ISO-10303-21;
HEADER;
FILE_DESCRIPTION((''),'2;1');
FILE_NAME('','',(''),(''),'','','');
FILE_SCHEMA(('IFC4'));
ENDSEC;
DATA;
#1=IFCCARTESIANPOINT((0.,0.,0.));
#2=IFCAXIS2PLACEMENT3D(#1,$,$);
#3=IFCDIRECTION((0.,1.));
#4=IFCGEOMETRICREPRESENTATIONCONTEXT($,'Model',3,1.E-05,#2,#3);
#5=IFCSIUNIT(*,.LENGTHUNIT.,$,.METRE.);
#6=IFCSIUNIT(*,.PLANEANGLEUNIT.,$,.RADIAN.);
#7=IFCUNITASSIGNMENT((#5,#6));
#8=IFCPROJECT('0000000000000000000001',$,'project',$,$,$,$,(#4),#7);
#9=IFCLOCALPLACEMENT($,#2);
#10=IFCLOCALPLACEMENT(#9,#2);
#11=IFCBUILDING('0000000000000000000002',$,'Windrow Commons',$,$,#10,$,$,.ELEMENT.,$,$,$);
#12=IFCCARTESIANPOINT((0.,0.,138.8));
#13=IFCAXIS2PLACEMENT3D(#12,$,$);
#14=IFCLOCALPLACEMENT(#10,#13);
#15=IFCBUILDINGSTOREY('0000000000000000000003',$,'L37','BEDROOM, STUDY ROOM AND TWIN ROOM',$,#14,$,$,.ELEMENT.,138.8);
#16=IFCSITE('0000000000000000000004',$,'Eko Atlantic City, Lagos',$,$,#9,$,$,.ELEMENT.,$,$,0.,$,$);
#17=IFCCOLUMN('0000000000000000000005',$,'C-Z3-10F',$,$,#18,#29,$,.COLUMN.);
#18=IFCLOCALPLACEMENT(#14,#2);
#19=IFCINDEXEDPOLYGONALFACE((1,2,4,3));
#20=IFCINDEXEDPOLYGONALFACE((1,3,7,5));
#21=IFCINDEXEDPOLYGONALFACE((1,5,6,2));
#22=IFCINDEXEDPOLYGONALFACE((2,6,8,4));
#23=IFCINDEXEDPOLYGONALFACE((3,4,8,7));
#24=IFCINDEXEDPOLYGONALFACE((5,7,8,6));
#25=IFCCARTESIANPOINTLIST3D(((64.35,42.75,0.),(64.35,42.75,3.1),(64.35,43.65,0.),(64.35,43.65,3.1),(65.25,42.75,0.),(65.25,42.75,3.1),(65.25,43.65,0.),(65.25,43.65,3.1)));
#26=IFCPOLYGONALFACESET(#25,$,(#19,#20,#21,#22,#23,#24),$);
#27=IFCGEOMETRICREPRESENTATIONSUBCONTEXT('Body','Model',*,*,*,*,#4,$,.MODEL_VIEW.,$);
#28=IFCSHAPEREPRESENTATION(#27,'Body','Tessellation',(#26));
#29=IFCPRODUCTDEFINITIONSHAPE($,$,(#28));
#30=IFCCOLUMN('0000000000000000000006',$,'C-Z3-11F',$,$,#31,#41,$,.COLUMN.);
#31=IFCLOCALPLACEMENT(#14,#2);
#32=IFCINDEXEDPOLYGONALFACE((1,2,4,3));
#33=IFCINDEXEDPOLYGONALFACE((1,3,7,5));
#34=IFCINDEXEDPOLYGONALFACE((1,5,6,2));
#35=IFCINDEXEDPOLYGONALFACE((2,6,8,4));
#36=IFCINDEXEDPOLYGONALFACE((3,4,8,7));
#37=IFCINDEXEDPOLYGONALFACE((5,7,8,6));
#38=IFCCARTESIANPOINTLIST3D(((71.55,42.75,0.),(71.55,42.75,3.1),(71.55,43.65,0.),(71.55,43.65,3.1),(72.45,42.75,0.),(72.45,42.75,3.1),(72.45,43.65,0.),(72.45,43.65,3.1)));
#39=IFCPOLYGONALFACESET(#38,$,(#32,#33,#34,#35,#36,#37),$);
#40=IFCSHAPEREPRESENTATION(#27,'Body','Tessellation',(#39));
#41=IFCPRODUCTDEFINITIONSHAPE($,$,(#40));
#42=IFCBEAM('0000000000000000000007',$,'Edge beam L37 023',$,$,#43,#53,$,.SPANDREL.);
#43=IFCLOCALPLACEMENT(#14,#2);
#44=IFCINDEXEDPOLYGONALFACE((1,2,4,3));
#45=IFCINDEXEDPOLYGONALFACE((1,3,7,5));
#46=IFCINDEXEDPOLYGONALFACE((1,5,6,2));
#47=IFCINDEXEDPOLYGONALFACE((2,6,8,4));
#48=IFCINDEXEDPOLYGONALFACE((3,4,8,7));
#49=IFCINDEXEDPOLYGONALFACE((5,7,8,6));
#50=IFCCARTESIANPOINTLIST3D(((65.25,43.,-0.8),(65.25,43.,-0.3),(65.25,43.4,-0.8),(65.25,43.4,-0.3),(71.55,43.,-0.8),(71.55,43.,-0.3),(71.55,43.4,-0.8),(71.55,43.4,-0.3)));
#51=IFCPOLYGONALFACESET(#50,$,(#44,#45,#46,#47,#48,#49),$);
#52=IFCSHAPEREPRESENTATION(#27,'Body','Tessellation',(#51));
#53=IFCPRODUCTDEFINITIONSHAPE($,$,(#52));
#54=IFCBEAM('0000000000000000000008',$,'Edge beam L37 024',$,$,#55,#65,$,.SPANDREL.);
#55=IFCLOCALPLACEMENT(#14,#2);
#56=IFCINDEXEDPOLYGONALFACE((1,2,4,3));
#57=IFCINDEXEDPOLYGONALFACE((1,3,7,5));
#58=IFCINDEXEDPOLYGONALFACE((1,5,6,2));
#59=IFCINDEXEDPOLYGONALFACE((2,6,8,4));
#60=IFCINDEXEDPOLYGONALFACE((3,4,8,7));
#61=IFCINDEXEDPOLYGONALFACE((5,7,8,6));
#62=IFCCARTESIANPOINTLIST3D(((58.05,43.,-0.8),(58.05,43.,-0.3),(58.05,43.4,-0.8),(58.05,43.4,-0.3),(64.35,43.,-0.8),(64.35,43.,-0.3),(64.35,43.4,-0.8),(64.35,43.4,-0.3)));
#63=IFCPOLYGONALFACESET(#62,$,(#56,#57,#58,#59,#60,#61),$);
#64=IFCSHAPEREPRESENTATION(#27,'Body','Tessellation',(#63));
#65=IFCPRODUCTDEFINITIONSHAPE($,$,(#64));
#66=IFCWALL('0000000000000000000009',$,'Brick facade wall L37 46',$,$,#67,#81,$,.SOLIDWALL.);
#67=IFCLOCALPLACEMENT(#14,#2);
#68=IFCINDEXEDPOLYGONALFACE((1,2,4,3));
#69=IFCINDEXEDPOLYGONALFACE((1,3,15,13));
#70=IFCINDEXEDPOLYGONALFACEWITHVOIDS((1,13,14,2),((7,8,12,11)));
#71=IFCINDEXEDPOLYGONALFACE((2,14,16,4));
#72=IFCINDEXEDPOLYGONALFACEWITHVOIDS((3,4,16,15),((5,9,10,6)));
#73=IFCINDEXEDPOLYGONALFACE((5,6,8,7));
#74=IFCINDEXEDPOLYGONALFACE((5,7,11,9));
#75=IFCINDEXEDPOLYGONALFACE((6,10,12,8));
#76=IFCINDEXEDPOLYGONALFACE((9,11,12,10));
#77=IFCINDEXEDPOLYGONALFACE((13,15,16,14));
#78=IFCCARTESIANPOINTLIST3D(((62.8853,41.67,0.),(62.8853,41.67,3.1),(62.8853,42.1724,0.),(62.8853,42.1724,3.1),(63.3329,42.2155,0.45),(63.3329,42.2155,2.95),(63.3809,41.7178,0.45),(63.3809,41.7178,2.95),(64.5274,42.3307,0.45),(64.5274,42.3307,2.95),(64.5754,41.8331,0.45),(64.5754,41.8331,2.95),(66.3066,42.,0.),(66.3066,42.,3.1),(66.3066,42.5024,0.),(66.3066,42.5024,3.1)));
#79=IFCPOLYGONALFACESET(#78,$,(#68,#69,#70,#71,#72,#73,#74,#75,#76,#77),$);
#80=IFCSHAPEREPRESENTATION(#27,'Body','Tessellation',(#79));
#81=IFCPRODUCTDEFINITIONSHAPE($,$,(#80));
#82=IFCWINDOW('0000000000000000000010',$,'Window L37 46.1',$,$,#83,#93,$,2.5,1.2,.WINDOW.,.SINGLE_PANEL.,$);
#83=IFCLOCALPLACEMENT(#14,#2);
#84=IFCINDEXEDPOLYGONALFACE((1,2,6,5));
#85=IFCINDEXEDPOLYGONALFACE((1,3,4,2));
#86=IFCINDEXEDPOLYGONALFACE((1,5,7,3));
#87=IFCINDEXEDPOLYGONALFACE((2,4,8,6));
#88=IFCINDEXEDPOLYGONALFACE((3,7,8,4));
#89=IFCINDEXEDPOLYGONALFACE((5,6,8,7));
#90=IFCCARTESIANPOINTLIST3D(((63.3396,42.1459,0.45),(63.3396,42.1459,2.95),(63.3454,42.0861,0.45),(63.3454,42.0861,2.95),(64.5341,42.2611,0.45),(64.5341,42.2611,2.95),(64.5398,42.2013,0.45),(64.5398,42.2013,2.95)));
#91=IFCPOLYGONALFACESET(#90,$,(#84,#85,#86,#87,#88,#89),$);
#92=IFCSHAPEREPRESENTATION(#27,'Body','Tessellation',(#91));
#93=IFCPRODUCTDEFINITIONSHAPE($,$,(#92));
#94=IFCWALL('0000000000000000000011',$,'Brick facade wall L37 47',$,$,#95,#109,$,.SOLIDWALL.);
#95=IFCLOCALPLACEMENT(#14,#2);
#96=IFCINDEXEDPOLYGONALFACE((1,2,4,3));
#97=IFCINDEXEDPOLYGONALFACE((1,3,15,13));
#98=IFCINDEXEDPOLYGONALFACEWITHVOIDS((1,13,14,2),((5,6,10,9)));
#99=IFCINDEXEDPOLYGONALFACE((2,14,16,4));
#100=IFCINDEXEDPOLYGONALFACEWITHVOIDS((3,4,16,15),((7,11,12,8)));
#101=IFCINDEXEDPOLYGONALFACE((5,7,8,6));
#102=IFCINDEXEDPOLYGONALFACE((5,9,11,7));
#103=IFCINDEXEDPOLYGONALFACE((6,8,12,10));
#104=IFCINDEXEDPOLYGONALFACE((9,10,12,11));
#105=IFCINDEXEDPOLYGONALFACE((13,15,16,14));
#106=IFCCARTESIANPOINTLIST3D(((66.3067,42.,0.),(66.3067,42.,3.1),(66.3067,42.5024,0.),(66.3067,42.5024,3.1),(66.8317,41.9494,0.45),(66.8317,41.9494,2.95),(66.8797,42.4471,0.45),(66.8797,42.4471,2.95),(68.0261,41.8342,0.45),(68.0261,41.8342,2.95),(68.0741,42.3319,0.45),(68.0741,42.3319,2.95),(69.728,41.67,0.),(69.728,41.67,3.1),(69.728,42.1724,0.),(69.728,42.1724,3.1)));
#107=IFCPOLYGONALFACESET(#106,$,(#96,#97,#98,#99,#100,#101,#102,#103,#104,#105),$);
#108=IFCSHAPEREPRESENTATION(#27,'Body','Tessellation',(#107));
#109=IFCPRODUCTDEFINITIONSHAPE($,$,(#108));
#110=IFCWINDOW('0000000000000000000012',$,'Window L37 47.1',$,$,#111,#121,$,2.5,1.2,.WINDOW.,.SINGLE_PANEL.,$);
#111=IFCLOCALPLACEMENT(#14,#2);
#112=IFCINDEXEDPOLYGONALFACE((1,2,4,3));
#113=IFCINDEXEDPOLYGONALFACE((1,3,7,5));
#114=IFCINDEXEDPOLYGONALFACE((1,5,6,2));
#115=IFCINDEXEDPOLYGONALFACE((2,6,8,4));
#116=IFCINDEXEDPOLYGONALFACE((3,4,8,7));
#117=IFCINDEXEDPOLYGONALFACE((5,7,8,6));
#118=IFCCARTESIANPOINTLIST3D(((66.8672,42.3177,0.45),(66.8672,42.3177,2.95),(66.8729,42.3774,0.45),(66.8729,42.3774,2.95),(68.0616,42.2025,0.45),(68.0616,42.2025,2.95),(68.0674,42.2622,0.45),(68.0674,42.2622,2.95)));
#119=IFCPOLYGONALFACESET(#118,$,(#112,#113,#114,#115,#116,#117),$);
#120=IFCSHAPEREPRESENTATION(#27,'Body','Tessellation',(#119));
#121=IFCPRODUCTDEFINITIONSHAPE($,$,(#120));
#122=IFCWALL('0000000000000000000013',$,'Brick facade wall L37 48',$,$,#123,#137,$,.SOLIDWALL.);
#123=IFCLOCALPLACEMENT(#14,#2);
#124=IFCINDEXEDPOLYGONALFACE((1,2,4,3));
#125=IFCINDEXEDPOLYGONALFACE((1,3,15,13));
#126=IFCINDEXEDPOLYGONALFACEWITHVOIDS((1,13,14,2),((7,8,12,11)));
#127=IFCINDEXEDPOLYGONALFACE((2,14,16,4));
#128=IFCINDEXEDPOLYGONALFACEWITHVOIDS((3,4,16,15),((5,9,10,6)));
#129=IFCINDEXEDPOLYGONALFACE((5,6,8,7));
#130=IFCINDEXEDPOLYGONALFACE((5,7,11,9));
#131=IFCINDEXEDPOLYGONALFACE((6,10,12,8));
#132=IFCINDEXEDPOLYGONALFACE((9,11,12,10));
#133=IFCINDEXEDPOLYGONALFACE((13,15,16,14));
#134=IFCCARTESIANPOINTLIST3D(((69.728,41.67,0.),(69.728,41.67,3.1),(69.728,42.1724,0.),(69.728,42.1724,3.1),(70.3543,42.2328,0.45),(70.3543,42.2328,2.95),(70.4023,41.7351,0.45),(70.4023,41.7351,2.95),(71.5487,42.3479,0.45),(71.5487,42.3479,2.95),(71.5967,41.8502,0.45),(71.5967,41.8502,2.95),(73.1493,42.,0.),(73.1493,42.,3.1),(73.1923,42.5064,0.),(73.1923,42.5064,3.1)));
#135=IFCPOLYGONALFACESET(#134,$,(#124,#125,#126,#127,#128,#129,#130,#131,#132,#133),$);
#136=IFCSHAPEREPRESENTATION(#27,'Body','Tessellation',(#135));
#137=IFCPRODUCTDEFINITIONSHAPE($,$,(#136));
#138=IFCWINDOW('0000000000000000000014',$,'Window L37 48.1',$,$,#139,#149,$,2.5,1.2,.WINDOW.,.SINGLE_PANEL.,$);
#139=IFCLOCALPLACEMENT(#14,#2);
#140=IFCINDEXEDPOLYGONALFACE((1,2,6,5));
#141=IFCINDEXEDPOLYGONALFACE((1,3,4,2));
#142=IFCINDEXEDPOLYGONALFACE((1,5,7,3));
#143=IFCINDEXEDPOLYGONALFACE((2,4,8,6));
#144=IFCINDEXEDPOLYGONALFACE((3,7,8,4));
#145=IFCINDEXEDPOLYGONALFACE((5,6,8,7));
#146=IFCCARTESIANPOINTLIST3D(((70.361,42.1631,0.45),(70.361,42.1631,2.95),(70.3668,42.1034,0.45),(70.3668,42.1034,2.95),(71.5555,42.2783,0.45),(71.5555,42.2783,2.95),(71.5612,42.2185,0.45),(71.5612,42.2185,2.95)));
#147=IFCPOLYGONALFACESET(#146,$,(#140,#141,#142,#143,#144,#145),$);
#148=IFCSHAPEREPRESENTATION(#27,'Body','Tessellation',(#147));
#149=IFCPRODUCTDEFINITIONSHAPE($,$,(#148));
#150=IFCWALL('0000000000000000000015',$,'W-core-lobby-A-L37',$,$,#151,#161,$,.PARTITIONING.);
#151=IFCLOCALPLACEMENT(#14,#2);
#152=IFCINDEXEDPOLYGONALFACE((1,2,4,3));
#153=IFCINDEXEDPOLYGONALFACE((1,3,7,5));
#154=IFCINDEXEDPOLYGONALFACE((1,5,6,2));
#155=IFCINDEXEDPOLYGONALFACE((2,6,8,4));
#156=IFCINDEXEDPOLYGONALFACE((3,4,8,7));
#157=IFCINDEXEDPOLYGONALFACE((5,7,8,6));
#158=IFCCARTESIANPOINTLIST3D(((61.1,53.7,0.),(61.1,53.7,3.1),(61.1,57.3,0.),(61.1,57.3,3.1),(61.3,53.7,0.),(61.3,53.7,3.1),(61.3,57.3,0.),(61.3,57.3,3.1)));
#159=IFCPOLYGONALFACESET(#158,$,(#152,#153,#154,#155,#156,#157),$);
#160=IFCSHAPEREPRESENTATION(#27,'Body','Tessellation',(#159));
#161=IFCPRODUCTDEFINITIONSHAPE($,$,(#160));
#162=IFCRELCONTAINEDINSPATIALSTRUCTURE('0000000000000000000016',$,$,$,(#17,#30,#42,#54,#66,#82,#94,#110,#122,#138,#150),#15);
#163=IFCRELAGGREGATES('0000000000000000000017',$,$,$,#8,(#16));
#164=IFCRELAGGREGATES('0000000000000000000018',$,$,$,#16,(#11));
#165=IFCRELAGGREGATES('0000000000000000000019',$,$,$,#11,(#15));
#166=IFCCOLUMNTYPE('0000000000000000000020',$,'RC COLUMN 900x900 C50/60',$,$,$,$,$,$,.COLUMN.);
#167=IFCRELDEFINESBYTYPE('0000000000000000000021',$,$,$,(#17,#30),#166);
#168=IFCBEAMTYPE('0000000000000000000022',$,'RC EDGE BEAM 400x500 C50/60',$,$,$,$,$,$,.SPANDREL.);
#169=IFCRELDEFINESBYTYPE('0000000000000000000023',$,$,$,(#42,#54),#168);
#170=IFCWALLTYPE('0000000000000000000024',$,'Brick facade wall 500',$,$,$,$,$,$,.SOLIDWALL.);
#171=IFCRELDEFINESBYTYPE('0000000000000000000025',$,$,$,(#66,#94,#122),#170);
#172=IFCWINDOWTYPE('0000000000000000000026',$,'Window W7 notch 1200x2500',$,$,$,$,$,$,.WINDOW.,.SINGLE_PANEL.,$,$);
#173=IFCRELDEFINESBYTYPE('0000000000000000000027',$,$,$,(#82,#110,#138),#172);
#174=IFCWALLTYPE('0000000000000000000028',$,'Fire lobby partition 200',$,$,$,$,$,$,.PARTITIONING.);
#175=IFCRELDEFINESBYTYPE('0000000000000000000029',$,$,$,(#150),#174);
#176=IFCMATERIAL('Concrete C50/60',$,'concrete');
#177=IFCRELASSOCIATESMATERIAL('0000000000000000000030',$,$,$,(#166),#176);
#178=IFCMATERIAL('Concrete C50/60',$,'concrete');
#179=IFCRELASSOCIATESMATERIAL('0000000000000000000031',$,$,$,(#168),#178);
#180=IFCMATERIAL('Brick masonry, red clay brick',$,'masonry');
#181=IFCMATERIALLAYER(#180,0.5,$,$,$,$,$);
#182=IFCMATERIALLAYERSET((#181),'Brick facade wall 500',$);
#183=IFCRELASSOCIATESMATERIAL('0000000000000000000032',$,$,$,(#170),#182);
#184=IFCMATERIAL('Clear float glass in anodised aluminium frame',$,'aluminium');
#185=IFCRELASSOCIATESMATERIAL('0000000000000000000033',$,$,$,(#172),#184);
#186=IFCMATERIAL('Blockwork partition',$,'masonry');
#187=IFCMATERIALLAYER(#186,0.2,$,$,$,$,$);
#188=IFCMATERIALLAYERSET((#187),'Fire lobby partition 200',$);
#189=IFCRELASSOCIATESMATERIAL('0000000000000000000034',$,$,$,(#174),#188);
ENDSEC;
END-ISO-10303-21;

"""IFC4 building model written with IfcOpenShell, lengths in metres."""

from ifc_helpers import new_model, si_unit, direction, frame, frame_2d, origin, origin_2d, place, context, subcontext, project, spatial, polyline, rectangle, outline, extrude, material, layer, layer_set, material_profile, profile_set, type_object, element, fill, save


model = new_model("IFC4")

# Units and contexts
model_context = context("Model", 3, precision=1e-05, world=origin(), true_north=direction((0.0, 1.0)))
body_context = subcontext(model_context, "Body", "Model", "MODEL_VIEW")
ifc_project = project(units=[si_unit("LENGTHUNIT", "METRE"), si_unit("PLANEANGLEUNIT", "RADIAN")], contexts=[model_context])

# Site, building, storey
site_placement = place(None, origin())
site = spatial("IfcSite", under=ifc_project, at=site_placement, Name="Eko Atlantic City, Lagos", CompositionType="ELEMENT", RefElevation=0.0)
building_placement = place(site_placement, origin())
building = spatial("IfcBuilding", under=site, at=building_placement, Name="Windrow Commons", CompositionType="ELEMENT")
storey_placement = place(building_placement, frame((0.0, 0.0, 138.8)))
storey = spatial("IfcBuildingStorey", under=building, at=storey_placement, Name="L37", Description="BEDROOM, STUDY ROOM AND TWIN ROOM", CompositionType="ELEMENT", Elevation=138.8)

# Columns
ifc_material_1 = material(Name="Concrete C50/60", Category="concrete")
ifc_material_profile_1 = material_profile(ifc_material_1, rectangle(XDim=0.9, YDim=0.9, at=origin_2d()))
ifc_profile_set_1 = profile_set([ifc_material_profile_1], Name="Concrete C50/60")
column_type = type_object("IfcColumnType", Name="RC COLUMN 900x900 C50/60", PredefinedType="COLUMN", material=ifc_profile_set_1)
for number, where, z_axis, x_axis, name in (
    (1, (64.8, 43.2, 0.0), (0.0, 0.0, 1.0), (1.0, 0.0, 0.0), "C-Z3-10F"),
    (2, (72.0, 43.2, 0.0), (0.0, 0.0, 1.0), (1.0, 0.0, 0.0), "C-Z3-11F"),
):
    element("IfcColumn", number, at=place(storey_placement, frame(where, z_axis=z_axis, x_axis=x_axis)), inside=storey, type_object=column_type, Name=name, PredefinedType="COLUMN", context=body_context, shape_type="SweptSolid", body=[
        extrude(rectangle(XDim=0.9, YDim=0.9, at=origin_2d()), origin(), (0.0, 0.0, 1.0), 3.1),
    ])

# Beams
ifc_material_2 = material(Name="Concrete C50/60", Category="concrete")
ifc_material_profile_2 = material_profile(ifc_material_2, rectangle(XDim=0.4, YDim=0.5, at=origin_2d()))
ifc_profile_set_2 = profile_set([ifc_material_profile_2], Name="Concrete C50/60")
beam_type = type_object("IfcBeamType", Name="RC EDGE BEAM 400x500 C50/60", PredefinedType="SPANDREL", material=ifc_profile_set_2)
for number, where, z_axis, x_axis, name in (
    (3, (71.55, 43.2, -0.55), (-1.0, 0.0, 0.0), (0.0, -1.0, 0.0), "Edge beam L37 023"),
    (4, (64.35, 43.2, -0.55), (-1.0, 0.0, 0.0), (0.0, -1.0, 0.0), "Edge beam L37 024"),
):
    element("IfcBeam", number, at=place(storey_placement, frame(where, z_axis=z_axis, x_axis=x_axis)), inside=storey, type_object=beam_type, Name=name, PredefinedType="SPANDREL", context=body_context, shape_type="SweptSolid", body=[
        extrude(rectangle(XDim=0.4, YDim=0.5, at=origin_2d()), origin(), (0.0, 0.0, 1.0), 6.3),
    ])

# Walls, openings, windows
ifc_material_3 = material(Name="Brick masonry, red clay brick", Category="masonry")
ifc_layer_1 = layer(ifc_material_3, 0.5)
ifc_layer_set_1 = layer_set([ifc_layer_1], Name="Brick facade wall 500")
wall_type_1 = type_object("IfcWallType", Name="Brick facade wall 500", PredefinedType="SOLIDWALL", material=ifc_layer_set_1)
wall_1_placement = place(storey_placement, frame((62.8853, 41.9212, 0.0), z_axis=(0.0, 0.0, 1.0), x_axis=(0.995381, 0.096006, 0.0)))
wall_1 = element("IfcWall", 5, at=wall_1_placement, inside=storey, type_object=wall_type_1, Name="Brick facade wall L37 46", PredefinedType="SOLIDWALL", context=body_context, shape_type="SweptSolid", body=[
    extrude(outline(polyline([(-0.0241, -0.25), (3.4131, -0.25), (3.4613, 0.25), (0.0241, 0.25), (-0.0241, -0.25)])), origin(), (0.0, 0.0, 1.0), 3.1),
])
opening_1_placement = place(wall_1_placement, frame((0.4738, 0.0, 0.45)))
opening_1 = element("IfcOpeningElement", 6, at=opening_1_placement, cuts=wall_1, PredefinedType="OPENING", context=body_context, shape_type="SweptSolid", body=[
    extrude(rectangle(XDim=1.2, YDim=2.5, at=frame_2d((0.6, 1.25))), frame((0.0, 0.26, 0.0), z_axis=(0.0, -1.0, 0.0), x_axis=(1.0, 0.0, 0.0)), (0.0, 0.0, 1.0), 0.52),
])
ifc_material_4 = material(Name="Clear float glass in anodised aluminium frame", Category="aluminium")
window_type = type_object("IfcWindowType", Name="Window W7 notch 1200x2500", PartitioningType="SINGLE_PANEL", PredefinedType="WINDOW", material=ifc_material_4)
window_1_placement = place(opening_1_placement, origin())
window_1 = element("IfcWindow", 7, at=window_1_placement, inside=storey, type_object=window_type, Name="Window L37 46.1", OverallHeight=2.5, OverallWidth=1.2, PartitioningType="SINGLE_PANEL", PredefinedType="WINDOW", context=body_context, shape_type="SweptSolid", body=[
    extrude(rectangle(XDim=1.2, YDim=2.5, at=frame_2d((0.6, 1.25))), frame((0.0, 0.18, 0.0), z_axis=(0.0, -1.0, 0.0), x_axis=(1.0, 0.0, 0.0)), (0.0, 0.0, 1.0), 0.06),
])
fill(opening_1, window_1)
wall_2_placement = place(storey_placement, frame((66.3067, 42.2512, 0.0), z_axis=(0.0, 0.0, 1.0), x_axis=(0.99538, -0.096009, 0.0)))
wall_2 = element("IfcWall", 8, at=wall_2_placement, inside=storey, type_object=wall_type_1, Name="Brick facade wall L37 47", PredefinedType="SOLIDWALL", context=body_context, shape_type="SweptSolid", body=[
    extrude(outline(polyline([(0.0241, -0.25), (3.4613, -0.25), (3.4131, 0.25), (-0.0241, 0.25), (0.0241, -0.25)])), origin(), (0.0, 0.0, 1.0), 3.1),
])
opening_2_placement = place(wall_2_placement, frame((0.5515, 0.0, 0.45)))
opening_2 = element("IfcOpeningElement", 9, at=opening_2_placement, cuts=wall_2, PredefinedType="OPENING", context=body_context, shape_type="SweptSolid", body=[
    extrude(rectangle(XDim=1.2, YDim=2.5, at=frame_2d((0.6, 1.25))), frame((0.0, 0.26, 0.0), z_axis=(0.0, -1.0, 0.0), x_axis=(1.0, 0.0, 0.0)), (0.0, 0.0, 1.0), 0.52),
])
window_2_placement = place(opening_2_placement, origin())
window_2 = element("IfcWindow", 10, at=window_2_placement, inside=storey, type_object=window_type, Name="Window L37 47.1", OverallHeight=2.5, OverallWidth=1.2, PartitioningType="SINGLE_PANEL", PredefinedType="WINDOW", context=body_context, shape_type="SweptSolid", body=[
    extrude(rectangle(XDim=1.2, YDim=2.5, at=frame_2d((0.6, 1.25))), frame((0.0, 0.18, 0.0), z_axis=(0.0, -1.0, 0.0), x_axis=(1.0, 0.0, 0.0)), (0.0, 0.0, 1.0), 0.06),
])
fill(opening_2, window_2)
wall_3_placement = place(storey_placement, frame((69.728, 41.9212, 0.0), z_axis=(0.0, 0.0, 1.0), x_axis=(0.995383, 0.095988, 0.0)))
wall_3 = element("IfcWall", 11, at=wall_3_placement, inside=storey, type_object=wall_type_1, Name="Brick facade wall L37 48", PredefinedType="SOLIDWALL", context=body_context, shape_type="SweptSolid", body=[
    extrude(outline(polyline([(-0.0241, -0.25), (3.4131, -0.25), (3.5045, 0.25), (0.0241, 0.25), (-0.0241, -0.25)])), origin(), (0.0, 0.0, 1.0), 3.1),
])
opening_3_placement = place(wall_3_placement, frame((0.6533, 0.0, 0.45)))
opening_3 = element("IfcOpeningElement", 12, at=opening_3_placement, cuts=wall_3, PredefinedType="OPENING", context=body_context, shape_type="SweptSolid", body=[
    extrude(rectangle(XDim=1.2, YDim=2.5, at=frame_2d((0.6, 1.25))), frame((0.0, 0.26, 0.0), z_axis=(0.0, -1.0, 0.0), x_axis=(1.0, 0.0, 0.0)), (0.0, 0.0, 1.0), 0.52),
])
window_3_placement = place(opening_3_placement, origin())
window_3 = element("IfcWindow", 13, at=window_3_placement, inside=storey, type_object=window_type, Name="Window L37 48.1", OverallHeight=2.5, OverallWidth=1.2, PartitioningType="SINGLE_PANEL", PredefinedType="WINDOW", context=body_context, shape_type="SweptSolid", body=[
    extrude(rectangle(XDim=1.2, YDim=2.5, at=frame_2d((0.6, 1.25))), frame((0.0, 0.18, 0.0), z_axis=(0.0, -1.0, 0.0), x_axis=(1.0, 0.0, 0.0)), (0.0, 0.0, 1.0), 0.06),
])
fill(opening_3, window_3)

# Wall
ifc_material_5 = material(Name="Blockwork partition", Category="masonry")
ifc_layer_2 = layer(ifc_material_5, 0.2)
ifc_layer_set_2 = layer_set([ifc_layer_2], Name="Fire lobby partition 200")
wall_type_2 = type_object("IfcWallType", Name="Fire lobby partition 200", PredefinedType="PARTITIONING", material=ifc_layer_set_2)
wall_4_placement = place(storey_placement, frame((61.2, 53.7, 0.0), z_axis=(0.0, 0.0, 1.0), x_axis=(0.0, 1.0, 0.0)))
element("IfcWall", 14, at=wall_4_placement, inside=storey, type_object=wall_type_2, Name="W-core-lobby-A-L37", PredefinedType="PARTITIONING", context=body_context, shape_type="SweptSolid", body=[
    extrude(rectangle(XDim=3.6, YDim=0.2, at=frame_2d((1.8, 0.0))), origin(), (0.0, 0.0, 1.0), 3.1),
])

save(model, "model.ifc")
